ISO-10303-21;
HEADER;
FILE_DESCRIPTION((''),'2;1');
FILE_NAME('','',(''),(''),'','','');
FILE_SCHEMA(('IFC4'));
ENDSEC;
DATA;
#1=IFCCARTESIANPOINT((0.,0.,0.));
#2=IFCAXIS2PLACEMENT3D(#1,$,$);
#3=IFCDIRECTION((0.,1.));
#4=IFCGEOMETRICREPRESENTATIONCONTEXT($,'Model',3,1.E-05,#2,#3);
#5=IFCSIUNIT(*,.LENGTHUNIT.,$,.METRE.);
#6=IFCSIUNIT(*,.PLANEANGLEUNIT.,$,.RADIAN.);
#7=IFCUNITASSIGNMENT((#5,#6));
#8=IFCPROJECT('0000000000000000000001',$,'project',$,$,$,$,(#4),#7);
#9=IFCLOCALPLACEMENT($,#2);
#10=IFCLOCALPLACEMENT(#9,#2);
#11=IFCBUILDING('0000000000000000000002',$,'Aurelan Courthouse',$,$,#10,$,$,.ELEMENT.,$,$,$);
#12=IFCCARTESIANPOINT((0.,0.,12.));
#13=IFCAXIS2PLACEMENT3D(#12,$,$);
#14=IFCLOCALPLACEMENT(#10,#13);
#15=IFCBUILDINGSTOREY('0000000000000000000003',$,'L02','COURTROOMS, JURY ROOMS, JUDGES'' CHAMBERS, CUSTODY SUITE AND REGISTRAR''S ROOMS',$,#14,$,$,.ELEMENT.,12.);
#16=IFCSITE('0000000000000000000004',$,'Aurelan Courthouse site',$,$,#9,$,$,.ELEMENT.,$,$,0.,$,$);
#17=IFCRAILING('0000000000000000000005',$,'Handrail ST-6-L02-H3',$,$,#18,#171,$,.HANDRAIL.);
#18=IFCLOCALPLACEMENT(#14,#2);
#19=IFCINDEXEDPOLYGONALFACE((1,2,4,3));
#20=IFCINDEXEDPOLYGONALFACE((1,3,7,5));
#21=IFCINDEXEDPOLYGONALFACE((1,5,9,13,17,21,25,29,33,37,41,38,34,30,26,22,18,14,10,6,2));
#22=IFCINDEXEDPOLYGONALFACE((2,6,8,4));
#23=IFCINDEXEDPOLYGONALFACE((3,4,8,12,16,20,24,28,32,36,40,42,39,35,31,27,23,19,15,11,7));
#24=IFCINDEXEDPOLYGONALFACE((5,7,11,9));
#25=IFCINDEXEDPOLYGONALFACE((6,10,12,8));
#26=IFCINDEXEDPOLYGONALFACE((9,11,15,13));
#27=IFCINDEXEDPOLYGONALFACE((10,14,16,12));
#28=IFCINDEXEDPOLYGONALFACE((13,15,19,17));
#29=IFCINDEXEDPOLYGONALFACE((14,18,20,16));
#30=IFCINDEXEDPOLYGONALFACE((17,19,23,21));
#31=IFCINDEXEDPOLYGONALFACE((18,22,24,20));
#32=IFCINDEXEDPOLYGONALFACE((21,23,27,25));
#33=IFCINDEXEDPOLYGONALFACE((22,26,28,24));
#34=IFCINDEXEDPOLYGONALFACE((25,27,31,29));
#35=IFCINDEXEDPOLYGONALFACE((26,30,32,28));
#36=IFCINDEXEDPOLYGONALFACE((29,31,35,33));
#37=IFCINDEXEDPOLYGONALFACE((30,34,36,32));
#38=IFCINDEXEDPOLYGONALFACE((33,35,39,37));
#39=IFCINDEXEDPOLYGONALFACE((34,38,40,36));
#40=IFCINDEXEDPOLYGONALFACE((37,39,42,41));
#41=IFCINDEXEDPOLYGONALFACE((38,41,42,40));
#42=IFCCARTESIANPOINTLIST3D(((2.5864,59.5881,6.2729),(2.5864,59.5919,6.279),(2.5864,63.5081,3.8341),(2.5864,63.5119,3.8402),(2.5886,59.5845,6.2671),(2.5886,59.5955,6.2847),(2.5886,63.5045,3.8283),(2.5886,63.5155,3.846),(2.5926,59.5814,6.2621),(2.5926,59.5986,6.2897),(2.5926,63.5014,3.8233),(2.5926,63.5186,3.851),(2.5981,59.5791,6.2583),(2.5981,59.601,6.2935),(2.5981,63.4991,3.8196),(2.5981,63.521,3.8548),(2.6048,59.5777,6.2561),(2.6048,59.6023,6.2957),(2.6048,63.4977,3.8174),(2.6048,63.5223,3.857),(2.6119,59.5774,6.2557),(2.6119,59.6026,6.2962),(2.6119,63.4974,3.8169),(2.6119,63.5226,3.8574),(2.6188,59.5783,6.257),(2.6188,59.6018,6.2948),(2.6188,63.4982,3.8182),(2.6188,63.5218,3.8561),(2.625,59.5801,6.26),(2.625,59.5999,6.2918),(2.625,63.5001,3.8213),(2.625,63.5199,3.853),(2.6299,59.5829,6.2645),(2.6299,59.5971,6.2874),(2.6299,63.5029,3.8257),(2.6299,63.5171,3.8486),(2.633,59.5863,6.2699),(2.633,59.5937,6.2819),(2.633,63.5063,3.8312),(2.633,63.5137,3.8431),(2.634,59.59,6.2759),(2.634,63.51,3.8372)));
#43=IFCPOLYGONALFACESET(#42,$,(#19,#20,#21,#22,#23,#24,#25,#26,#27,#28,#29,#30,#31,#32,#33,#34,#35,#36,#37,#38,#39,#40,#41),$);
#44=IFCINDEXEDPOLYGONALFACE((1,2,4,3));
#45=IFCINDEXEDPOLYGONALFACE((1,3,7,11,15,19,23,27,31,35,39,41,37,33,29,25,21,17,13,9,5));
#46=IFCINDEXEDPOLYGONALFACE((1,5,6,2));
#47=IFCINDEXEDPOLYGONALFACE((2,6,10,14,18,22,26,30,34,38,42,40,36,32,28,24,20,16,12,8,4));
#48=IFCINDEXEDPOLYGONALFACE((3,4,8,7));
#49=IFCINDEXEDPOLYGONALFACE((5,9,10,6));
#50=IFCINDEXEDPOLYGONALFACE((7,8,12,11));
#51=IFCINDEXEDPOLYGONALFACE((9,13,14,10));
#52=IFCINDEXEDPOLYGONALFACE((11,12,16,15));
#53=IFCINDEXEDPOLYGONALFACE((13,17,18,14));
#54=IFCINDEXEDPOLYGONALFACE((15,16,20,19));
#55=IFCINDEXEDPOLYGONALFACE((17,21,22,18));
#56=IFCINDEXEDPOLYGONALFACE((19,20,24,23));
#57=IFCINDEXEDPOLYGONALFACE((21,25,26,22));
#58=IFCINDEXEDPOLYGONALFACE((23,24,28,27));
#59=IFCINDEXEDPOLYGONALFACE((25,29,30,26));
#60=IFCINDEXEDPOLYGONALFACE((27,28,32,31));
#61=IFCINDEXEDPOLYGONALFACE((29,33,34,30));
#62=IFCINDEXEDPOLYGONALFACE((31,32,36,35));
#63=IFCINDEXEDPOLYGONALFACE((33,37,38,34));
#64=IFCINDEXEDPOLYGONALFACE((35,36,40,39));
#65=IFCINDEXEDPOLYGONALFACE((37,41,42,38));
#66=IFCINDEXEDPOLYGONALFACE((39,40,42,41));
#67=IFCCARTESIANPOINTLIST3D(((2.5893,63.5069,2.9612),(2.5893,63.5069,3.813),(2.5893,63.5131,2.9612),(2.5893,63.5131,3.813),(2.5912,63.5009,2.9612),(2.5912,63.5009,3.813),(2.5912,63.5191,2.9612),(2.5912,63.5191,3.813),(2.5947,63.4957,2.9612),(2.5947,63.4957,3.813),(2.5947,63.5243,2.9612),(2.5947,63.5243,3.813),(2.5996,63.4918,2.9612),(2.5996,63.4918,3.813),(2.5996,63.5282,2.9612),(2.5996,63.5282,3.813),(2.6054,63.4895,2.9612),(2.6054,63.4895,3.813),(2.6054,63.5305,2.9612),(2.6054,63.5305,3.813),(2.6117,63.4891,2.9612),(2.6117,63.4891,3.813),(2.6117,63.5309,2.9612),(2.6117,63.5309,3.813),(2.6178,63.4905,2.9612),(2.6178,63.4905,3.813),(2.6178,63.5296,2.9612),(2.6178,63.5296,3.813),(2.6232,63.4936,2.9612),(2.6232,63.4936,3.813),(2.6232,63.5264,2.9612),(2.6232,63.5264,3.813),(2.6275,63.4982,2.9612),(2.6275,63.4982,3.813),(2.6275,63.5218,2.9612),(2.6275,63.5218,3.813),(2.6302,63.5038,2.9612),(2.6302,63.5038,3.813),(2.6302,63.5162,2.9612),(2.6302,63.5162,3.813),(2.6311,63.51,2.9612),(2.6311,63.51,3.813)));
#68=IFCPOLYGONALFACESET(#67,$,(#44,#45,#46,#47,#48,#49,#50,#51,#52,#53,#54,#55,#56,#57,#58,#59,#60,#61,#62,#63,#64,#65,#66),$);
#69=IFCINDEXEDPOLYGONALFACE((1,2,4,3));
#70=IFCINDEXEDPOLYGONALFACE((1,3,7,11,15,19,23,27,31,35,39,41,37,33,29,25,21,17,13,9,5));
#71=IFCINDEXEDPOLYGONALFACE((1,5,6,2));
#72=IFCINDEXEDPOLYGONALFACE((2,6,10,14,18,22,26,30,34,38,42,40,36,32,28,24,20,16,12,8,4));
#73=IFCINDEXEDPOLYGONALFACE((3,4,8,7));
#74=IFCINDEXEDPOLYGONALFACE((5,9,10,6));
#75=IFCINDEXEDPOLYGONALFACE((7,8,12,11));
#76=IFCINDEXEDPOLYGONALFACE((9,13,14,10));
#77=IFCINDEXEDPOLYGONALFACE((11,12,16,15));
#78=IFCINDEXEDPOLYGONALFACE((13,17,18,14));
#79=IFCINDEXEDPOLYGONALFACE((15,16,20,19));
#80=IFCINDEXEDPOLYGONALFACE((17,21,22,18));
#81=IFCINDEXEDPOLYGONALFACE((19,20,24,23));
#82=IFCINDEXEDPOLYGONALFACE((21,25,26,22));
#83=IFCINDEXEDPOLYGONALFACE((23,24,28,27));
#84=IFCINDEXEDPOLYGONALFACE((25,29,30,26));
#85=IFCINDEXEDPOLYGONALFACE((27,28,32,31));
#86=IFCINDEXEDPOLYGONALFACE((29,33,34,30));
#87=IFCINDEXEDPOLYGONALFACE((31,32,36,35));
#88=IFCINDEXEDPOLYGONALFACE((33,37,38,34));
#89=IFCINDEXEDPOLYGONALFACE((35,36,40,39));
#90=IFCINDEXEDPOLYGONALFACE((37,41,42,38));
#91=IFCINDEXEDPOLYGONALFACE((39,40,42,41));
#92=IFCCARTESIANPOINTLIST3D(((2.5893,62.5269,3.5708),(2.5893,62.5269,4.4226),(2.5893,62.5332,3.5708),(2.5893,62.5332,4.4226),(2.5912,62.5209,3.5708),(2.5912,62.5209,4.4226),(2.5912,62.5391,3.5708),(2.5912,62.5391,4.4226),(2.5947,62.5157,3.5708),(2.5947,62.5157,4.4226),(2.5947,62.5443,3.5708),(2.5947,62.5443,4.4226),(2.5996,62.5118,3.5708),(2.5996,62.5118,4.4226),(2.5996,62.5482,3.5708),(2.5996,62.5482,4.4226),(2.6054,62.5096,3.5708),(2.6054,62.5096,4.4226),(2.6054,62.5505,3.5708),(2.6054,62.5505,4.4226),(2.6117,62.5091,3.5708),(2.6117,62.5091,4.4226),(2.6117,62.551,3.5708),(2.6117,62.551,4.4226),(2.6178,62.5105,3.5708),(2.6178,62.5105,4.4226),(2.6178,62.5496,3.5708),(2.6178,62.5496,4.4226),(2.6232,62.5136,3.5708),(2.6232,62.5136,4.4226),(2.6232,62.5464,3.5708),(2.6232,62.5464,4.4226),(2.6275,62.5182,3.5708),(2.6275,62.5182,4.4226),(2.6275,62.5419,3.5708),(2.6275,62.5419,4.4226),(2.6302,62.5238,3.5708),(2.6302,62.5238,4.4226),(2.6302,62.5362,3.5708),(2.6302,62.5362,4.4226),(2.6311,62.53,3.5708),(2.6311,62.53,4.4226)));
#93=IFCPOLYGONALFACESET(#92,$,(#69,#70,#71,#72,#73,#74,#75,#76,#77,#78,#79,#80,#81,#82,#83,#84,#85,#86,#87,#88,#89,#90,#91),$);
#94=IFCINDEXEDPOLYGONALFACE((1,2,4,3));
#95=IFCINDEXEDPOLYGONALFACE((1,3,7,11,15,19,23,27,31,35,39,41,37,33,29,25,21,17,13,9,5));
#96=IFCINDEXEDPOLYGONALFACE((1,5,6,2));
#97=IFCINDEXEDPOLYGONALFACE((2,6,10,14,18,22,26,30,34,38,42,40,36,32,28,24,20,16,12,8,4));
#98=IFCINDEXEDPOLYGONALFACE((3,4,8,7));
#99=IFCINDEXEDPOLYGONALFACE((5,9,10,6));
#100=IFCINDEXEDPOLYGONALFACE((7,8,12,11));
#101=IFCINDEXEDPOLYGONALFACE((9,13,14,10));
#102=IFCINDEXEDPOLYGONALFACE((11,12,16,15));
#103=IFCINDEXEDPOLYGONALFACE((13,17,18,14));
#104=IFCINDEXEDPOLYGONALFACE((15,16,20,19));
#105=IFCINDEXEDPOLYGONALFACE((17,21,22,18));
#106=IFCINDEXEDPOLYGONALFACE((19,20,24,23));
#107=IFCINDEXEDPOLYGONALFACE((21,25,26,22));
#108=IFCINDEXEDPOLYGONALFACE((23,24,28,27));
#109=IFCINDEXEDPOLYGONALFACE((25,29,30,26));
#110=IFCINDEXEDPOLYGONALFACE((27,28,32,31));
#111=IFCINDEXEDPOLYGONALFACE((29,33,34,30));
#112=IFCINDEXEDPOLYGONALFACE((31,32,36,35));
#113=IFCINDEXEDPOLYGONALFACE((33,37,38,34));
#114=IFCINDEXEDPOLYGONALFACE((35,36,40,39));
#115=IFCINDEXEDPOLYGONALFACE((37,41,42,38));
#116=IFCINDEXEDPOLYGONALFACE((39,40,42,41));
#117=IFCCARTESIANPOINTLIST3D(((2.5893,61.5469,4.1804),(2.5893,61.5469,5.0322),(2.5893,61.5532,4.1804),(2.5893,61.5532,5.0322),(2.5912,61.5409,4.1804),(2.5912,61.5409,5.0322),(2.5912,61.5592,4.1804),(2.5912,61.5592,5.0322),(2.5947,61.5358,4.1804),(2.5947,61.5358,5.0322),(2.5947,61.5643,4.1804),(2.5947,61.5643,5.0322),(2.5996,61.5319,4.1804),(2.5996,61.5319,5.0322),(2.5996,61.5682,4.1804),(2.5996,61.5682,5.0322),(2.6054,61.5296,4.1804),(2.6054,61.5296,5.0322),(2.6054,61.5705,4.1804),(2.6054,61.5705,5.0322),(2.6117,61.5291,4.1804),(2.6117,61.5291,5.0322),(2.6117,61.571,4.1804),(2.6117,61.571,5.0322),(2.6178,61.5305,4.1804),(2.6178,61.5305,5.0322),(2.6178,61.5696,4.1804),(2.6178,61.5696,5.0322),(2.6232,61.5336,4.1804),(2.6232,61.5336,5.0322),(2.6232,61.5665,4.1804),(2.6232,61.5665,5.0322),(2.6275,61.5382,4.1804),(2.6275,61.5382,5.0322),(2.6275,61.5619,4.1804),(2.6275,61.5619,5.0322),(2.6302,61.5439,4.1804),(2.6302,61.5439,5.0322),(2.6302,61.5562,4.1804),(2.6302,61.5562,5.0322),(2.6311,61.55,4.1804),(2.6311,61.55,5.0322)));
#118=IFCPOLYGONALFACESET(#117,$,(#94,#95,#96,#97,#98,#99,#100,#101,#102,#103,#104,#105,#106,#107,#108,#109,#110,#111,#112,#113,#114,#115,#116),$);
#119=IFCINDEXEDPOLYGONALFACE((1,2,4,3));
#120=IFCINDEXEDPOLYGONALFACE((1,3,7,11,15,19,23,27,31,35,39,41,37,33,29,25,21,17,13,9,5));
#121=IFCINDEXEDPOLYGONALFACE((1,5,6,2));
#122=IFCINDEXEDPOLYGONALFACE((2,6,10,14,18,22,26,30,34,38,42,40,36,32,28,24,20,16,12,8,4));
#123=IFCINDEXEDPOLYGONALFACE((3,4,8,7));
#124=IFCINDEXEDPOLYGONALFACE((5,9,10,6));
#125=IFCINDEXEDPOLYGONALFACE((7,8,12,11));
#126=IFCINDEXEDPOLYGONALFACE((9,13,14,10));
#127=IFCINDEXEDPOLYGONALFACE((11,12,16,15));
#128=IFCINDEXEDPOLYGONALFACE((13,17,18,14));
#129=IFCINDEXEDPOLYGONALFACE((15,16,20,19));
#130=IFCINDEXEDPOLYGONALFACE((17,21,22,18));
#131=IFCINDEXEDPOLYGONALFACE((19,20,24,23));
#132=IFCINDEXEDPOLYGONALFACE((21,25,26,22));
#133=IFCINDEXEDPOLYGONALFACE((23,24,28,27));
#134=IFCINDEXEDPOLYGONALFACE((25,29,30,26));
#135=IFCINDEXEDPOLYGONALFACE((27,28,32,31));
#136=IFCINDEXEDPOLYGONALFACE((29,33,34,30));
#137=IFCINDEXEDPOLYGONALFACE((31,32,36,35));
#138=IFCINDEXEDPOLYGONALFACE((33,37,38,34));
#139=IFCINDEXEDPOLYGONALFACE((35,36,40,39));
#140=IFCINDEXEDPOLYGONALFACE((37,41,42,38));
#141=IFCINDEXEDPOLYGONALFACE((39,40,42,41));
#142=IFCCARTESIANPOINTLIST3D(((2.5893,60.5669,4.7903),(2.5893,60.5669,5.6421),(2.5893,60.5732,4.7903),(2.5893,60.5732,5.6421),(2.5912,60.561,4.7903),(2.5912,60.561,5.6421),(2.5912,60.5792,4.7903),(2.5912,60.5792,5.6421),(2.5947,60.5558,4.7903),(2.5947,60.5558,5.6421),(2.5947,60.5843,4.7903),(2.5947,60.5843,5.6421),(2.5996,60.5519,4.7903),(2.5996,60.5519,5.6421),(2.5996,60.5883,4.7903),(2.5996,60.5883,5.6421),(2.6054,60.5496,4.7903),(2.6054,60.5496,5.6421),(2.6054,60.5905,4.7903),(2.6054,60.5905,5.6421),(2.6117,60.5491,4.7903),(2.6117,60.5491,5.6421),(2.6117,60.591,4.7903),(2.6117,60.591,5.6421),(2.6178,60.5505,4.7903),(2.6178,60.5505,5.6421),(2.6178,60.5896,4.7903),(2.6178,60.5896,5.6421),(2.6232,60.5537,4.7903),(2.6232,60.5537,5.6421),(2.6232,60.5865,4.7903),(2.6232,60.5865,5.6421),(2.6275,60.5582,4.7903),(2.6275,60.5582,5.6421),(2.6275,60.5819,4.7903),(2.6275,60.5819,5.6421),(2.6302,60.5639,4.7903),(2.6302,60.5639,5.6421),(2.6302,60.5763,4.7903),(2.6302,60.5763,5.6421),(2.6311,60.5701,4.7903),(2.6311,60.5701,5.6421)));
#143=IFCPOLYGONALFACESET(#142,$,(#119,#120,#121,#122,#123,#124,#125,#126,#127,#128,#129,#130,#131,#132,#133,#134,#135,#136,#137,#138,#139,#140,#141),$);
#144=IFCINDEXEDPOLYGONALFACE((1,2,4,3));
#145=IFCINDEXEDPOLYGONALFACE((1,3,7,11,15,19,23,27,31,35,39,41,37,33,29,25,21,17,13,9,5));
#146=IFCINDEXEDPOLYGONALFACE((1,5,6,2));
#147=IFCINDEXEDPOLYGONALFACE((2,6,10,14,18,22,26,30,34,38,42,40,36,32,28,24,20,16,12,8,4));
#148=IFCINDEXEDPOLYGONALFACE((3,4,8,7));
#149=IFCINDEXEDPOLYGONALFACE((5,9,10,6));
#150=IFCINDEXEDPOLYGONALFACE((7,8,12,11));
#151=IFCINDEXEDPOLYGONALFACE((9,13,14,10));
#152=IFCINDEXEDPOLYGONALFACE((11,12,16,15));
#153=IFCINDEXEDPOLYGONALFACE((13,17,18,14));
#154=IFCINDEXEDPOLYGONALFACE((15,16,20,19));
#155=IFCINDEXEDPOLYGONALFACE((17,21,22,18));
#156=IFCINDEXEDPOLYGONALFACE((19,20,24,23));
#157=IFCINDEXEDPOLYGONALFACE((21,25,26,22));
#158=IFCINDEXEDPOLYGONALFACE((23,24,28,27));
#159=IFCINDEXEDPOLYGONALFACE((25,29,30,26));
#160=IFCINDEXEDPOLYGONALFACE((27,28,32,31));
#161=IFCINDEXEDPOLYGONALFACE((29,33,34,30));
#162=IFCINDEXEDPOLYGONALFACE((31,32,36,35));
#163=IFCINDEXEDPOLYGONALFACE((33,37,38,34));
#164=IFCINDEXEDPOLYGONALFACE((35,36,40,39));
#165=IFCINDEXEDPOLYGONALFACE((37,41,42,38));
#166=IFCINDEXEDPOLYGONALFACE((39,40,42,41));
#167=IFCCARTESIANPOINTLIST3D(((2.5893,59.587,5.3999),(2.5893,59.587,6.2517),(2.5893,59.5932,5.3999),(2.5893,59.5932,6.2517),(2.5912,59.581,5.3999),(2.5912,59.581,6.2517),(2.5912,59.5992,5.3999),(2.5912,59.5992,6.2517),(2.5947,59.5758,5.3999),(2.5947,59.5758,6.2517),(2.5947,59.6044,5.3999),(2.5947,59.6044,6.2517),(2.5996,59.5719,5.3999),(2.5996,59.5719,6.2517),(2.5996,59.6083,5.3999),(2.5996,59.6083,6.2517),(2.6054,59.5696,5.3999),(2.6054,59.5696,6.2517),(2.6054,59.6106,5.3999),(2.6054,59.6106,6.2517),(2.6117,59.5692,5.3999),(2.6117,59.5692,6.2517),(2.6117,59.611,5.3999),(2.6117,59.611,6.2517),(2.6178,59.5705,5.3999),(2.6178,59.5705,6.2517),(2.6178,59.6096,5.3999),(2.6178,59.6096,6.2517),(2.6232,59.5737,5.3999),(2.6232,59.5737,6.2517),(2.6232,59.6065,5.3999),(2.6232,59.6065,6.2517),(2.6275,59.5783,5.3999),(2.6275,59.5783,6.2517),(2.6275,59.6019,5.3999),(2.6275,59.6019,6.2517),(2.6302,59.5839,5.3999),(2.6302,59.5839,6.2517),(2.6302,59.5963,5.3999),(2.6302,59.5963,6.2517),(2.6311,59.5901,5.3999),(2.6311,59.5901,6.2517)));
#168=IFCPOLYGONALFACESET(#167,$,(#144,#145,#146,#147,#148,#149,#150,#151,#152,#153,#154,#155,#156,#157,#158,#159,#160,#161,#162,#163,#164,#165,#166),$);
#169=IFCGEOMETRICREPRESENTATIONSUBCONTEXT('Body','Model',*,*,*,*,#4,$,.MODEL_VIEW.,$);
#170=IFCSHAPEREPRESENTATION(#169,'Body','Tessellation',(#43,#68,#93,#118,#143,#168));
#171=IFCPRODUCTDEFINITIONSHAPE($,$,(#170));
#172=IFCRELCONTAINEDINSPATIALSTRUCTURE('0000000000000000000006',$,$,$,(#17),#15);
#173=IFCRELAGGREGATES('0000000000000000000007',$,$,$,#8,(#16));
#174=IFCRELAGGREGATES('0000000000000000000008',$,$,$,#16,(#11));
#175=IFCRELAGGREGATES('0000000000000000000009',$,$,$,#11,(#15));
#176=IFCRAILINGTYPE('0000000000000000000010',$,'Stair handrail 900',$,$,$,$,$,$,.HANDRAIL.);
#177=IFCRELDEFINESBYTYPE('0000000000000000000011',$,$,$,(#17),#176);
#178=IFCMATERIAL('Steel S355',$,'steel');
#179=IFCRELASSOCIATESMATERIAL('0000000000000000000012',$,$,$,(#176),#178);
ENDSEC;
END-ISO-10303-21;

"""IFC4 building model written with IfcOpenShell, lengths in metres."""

from ifc_helpers import new_model, si_unit, direction, frame, origin, origin_2d, place, context, subcontext, project, spatial, circle, extrude, material, type_object, element, save


model = new_model("IFC4")

# Units and contexts
model_context = context("Model", 3, precision=1e-05, world=origin(), true_north=direction((0.0, 1.0)))
body_context = subcontext(model_context, "Body", "Model", "MODEL_VIEW")
ifc_project = project(units=[si_unit("LENGTHUNIT", "METRE"), si_unit("PLANEANGLEUNIT", "RADIAN")], contexts=[model_context])

# Site, building, storey
site_placement = place(None, origin())
site = spatial("IfcSite", under=ifc_project, at=site_placement, Name="Aurelan Courthouse site", CompositionType="ELEMENT", RefElevation=0.0)
building_placement = place(site_placement, origin())
building = spatial("IfcBuilding", under=site, at=building_placement, Name="Aurelan Courthouse", CompositionType="ELEMENT")
storey_placement = place(building_placement, frame((0.0, 0.0, 12.0)))
storey = spatial("IfcBuildingStorey", under=building, at=storey_placement, Name="L02", Description="COURTROOMS, JURY ROOMS, JUDGES' CHAMBERS, CUSTODY SUITE AND REGISTRAR'S ROOMS", CompositionType="ELEMENT", Elevation=12.0)

# Railing
ifc_material_1 = material(Name="Steel S355", Category="steel")
railing_type_1 = type_object("IfcRailingType", Name="Stair handrail 900", PredefinedType="HANDRAIL", material=ifc_material_1)
for number, where, name in (
    (1, (2.6101, 63.51, 2.9612), "Handrail ST-6-L02-H3"),
):
    element("IfcRailing", number, at=place(storey_placement, frame(where)), inside=storey, type_object=railing_type_1, Name=name, PredefinedType="HANDRAIL", context=body_context, shape_type="SweptSolid", body=[
        extrude(circle(Radius=0.0239, at=origin_2d()), frame((0.0, 0.0, 0.876), z_axis=(0.0, -0.84909, 0.528249), x_axis=(1.0, 0.0, 0.0)), (0.0, 0.0, 1.0), 4.6167),
        extrude(circle(Radius=0.021, at=origin_2d()), origin(), (0.0, 0.0, 1.0), 0.8518),
        extrude(circle(Radius=0.021, at=origin_2d()), frame((0.0, -0.98, 0.6096)), (0.0, 0.0, 1.0), 0.8518),
        extrude(circle(Radius=0.021, at=origin_2d()), frame((0.0, -1.96, 1.2192)), (0.0, 0.0, 1.0), 0.8518),
        extrude(circle(Radius=0.021, at=origin_2d()), frame((0.0, -2.9399, 1.8291)), (0.0, 0.0, 1.0), 0.8518),
        extrude(circle(Radius=0.021, at=origin_2d()), frame((0.0, -3.9199, 2.4387)), (0.0, 0.0, 1.0), 0.8518),
    ])

save(model, "model.ifc")
